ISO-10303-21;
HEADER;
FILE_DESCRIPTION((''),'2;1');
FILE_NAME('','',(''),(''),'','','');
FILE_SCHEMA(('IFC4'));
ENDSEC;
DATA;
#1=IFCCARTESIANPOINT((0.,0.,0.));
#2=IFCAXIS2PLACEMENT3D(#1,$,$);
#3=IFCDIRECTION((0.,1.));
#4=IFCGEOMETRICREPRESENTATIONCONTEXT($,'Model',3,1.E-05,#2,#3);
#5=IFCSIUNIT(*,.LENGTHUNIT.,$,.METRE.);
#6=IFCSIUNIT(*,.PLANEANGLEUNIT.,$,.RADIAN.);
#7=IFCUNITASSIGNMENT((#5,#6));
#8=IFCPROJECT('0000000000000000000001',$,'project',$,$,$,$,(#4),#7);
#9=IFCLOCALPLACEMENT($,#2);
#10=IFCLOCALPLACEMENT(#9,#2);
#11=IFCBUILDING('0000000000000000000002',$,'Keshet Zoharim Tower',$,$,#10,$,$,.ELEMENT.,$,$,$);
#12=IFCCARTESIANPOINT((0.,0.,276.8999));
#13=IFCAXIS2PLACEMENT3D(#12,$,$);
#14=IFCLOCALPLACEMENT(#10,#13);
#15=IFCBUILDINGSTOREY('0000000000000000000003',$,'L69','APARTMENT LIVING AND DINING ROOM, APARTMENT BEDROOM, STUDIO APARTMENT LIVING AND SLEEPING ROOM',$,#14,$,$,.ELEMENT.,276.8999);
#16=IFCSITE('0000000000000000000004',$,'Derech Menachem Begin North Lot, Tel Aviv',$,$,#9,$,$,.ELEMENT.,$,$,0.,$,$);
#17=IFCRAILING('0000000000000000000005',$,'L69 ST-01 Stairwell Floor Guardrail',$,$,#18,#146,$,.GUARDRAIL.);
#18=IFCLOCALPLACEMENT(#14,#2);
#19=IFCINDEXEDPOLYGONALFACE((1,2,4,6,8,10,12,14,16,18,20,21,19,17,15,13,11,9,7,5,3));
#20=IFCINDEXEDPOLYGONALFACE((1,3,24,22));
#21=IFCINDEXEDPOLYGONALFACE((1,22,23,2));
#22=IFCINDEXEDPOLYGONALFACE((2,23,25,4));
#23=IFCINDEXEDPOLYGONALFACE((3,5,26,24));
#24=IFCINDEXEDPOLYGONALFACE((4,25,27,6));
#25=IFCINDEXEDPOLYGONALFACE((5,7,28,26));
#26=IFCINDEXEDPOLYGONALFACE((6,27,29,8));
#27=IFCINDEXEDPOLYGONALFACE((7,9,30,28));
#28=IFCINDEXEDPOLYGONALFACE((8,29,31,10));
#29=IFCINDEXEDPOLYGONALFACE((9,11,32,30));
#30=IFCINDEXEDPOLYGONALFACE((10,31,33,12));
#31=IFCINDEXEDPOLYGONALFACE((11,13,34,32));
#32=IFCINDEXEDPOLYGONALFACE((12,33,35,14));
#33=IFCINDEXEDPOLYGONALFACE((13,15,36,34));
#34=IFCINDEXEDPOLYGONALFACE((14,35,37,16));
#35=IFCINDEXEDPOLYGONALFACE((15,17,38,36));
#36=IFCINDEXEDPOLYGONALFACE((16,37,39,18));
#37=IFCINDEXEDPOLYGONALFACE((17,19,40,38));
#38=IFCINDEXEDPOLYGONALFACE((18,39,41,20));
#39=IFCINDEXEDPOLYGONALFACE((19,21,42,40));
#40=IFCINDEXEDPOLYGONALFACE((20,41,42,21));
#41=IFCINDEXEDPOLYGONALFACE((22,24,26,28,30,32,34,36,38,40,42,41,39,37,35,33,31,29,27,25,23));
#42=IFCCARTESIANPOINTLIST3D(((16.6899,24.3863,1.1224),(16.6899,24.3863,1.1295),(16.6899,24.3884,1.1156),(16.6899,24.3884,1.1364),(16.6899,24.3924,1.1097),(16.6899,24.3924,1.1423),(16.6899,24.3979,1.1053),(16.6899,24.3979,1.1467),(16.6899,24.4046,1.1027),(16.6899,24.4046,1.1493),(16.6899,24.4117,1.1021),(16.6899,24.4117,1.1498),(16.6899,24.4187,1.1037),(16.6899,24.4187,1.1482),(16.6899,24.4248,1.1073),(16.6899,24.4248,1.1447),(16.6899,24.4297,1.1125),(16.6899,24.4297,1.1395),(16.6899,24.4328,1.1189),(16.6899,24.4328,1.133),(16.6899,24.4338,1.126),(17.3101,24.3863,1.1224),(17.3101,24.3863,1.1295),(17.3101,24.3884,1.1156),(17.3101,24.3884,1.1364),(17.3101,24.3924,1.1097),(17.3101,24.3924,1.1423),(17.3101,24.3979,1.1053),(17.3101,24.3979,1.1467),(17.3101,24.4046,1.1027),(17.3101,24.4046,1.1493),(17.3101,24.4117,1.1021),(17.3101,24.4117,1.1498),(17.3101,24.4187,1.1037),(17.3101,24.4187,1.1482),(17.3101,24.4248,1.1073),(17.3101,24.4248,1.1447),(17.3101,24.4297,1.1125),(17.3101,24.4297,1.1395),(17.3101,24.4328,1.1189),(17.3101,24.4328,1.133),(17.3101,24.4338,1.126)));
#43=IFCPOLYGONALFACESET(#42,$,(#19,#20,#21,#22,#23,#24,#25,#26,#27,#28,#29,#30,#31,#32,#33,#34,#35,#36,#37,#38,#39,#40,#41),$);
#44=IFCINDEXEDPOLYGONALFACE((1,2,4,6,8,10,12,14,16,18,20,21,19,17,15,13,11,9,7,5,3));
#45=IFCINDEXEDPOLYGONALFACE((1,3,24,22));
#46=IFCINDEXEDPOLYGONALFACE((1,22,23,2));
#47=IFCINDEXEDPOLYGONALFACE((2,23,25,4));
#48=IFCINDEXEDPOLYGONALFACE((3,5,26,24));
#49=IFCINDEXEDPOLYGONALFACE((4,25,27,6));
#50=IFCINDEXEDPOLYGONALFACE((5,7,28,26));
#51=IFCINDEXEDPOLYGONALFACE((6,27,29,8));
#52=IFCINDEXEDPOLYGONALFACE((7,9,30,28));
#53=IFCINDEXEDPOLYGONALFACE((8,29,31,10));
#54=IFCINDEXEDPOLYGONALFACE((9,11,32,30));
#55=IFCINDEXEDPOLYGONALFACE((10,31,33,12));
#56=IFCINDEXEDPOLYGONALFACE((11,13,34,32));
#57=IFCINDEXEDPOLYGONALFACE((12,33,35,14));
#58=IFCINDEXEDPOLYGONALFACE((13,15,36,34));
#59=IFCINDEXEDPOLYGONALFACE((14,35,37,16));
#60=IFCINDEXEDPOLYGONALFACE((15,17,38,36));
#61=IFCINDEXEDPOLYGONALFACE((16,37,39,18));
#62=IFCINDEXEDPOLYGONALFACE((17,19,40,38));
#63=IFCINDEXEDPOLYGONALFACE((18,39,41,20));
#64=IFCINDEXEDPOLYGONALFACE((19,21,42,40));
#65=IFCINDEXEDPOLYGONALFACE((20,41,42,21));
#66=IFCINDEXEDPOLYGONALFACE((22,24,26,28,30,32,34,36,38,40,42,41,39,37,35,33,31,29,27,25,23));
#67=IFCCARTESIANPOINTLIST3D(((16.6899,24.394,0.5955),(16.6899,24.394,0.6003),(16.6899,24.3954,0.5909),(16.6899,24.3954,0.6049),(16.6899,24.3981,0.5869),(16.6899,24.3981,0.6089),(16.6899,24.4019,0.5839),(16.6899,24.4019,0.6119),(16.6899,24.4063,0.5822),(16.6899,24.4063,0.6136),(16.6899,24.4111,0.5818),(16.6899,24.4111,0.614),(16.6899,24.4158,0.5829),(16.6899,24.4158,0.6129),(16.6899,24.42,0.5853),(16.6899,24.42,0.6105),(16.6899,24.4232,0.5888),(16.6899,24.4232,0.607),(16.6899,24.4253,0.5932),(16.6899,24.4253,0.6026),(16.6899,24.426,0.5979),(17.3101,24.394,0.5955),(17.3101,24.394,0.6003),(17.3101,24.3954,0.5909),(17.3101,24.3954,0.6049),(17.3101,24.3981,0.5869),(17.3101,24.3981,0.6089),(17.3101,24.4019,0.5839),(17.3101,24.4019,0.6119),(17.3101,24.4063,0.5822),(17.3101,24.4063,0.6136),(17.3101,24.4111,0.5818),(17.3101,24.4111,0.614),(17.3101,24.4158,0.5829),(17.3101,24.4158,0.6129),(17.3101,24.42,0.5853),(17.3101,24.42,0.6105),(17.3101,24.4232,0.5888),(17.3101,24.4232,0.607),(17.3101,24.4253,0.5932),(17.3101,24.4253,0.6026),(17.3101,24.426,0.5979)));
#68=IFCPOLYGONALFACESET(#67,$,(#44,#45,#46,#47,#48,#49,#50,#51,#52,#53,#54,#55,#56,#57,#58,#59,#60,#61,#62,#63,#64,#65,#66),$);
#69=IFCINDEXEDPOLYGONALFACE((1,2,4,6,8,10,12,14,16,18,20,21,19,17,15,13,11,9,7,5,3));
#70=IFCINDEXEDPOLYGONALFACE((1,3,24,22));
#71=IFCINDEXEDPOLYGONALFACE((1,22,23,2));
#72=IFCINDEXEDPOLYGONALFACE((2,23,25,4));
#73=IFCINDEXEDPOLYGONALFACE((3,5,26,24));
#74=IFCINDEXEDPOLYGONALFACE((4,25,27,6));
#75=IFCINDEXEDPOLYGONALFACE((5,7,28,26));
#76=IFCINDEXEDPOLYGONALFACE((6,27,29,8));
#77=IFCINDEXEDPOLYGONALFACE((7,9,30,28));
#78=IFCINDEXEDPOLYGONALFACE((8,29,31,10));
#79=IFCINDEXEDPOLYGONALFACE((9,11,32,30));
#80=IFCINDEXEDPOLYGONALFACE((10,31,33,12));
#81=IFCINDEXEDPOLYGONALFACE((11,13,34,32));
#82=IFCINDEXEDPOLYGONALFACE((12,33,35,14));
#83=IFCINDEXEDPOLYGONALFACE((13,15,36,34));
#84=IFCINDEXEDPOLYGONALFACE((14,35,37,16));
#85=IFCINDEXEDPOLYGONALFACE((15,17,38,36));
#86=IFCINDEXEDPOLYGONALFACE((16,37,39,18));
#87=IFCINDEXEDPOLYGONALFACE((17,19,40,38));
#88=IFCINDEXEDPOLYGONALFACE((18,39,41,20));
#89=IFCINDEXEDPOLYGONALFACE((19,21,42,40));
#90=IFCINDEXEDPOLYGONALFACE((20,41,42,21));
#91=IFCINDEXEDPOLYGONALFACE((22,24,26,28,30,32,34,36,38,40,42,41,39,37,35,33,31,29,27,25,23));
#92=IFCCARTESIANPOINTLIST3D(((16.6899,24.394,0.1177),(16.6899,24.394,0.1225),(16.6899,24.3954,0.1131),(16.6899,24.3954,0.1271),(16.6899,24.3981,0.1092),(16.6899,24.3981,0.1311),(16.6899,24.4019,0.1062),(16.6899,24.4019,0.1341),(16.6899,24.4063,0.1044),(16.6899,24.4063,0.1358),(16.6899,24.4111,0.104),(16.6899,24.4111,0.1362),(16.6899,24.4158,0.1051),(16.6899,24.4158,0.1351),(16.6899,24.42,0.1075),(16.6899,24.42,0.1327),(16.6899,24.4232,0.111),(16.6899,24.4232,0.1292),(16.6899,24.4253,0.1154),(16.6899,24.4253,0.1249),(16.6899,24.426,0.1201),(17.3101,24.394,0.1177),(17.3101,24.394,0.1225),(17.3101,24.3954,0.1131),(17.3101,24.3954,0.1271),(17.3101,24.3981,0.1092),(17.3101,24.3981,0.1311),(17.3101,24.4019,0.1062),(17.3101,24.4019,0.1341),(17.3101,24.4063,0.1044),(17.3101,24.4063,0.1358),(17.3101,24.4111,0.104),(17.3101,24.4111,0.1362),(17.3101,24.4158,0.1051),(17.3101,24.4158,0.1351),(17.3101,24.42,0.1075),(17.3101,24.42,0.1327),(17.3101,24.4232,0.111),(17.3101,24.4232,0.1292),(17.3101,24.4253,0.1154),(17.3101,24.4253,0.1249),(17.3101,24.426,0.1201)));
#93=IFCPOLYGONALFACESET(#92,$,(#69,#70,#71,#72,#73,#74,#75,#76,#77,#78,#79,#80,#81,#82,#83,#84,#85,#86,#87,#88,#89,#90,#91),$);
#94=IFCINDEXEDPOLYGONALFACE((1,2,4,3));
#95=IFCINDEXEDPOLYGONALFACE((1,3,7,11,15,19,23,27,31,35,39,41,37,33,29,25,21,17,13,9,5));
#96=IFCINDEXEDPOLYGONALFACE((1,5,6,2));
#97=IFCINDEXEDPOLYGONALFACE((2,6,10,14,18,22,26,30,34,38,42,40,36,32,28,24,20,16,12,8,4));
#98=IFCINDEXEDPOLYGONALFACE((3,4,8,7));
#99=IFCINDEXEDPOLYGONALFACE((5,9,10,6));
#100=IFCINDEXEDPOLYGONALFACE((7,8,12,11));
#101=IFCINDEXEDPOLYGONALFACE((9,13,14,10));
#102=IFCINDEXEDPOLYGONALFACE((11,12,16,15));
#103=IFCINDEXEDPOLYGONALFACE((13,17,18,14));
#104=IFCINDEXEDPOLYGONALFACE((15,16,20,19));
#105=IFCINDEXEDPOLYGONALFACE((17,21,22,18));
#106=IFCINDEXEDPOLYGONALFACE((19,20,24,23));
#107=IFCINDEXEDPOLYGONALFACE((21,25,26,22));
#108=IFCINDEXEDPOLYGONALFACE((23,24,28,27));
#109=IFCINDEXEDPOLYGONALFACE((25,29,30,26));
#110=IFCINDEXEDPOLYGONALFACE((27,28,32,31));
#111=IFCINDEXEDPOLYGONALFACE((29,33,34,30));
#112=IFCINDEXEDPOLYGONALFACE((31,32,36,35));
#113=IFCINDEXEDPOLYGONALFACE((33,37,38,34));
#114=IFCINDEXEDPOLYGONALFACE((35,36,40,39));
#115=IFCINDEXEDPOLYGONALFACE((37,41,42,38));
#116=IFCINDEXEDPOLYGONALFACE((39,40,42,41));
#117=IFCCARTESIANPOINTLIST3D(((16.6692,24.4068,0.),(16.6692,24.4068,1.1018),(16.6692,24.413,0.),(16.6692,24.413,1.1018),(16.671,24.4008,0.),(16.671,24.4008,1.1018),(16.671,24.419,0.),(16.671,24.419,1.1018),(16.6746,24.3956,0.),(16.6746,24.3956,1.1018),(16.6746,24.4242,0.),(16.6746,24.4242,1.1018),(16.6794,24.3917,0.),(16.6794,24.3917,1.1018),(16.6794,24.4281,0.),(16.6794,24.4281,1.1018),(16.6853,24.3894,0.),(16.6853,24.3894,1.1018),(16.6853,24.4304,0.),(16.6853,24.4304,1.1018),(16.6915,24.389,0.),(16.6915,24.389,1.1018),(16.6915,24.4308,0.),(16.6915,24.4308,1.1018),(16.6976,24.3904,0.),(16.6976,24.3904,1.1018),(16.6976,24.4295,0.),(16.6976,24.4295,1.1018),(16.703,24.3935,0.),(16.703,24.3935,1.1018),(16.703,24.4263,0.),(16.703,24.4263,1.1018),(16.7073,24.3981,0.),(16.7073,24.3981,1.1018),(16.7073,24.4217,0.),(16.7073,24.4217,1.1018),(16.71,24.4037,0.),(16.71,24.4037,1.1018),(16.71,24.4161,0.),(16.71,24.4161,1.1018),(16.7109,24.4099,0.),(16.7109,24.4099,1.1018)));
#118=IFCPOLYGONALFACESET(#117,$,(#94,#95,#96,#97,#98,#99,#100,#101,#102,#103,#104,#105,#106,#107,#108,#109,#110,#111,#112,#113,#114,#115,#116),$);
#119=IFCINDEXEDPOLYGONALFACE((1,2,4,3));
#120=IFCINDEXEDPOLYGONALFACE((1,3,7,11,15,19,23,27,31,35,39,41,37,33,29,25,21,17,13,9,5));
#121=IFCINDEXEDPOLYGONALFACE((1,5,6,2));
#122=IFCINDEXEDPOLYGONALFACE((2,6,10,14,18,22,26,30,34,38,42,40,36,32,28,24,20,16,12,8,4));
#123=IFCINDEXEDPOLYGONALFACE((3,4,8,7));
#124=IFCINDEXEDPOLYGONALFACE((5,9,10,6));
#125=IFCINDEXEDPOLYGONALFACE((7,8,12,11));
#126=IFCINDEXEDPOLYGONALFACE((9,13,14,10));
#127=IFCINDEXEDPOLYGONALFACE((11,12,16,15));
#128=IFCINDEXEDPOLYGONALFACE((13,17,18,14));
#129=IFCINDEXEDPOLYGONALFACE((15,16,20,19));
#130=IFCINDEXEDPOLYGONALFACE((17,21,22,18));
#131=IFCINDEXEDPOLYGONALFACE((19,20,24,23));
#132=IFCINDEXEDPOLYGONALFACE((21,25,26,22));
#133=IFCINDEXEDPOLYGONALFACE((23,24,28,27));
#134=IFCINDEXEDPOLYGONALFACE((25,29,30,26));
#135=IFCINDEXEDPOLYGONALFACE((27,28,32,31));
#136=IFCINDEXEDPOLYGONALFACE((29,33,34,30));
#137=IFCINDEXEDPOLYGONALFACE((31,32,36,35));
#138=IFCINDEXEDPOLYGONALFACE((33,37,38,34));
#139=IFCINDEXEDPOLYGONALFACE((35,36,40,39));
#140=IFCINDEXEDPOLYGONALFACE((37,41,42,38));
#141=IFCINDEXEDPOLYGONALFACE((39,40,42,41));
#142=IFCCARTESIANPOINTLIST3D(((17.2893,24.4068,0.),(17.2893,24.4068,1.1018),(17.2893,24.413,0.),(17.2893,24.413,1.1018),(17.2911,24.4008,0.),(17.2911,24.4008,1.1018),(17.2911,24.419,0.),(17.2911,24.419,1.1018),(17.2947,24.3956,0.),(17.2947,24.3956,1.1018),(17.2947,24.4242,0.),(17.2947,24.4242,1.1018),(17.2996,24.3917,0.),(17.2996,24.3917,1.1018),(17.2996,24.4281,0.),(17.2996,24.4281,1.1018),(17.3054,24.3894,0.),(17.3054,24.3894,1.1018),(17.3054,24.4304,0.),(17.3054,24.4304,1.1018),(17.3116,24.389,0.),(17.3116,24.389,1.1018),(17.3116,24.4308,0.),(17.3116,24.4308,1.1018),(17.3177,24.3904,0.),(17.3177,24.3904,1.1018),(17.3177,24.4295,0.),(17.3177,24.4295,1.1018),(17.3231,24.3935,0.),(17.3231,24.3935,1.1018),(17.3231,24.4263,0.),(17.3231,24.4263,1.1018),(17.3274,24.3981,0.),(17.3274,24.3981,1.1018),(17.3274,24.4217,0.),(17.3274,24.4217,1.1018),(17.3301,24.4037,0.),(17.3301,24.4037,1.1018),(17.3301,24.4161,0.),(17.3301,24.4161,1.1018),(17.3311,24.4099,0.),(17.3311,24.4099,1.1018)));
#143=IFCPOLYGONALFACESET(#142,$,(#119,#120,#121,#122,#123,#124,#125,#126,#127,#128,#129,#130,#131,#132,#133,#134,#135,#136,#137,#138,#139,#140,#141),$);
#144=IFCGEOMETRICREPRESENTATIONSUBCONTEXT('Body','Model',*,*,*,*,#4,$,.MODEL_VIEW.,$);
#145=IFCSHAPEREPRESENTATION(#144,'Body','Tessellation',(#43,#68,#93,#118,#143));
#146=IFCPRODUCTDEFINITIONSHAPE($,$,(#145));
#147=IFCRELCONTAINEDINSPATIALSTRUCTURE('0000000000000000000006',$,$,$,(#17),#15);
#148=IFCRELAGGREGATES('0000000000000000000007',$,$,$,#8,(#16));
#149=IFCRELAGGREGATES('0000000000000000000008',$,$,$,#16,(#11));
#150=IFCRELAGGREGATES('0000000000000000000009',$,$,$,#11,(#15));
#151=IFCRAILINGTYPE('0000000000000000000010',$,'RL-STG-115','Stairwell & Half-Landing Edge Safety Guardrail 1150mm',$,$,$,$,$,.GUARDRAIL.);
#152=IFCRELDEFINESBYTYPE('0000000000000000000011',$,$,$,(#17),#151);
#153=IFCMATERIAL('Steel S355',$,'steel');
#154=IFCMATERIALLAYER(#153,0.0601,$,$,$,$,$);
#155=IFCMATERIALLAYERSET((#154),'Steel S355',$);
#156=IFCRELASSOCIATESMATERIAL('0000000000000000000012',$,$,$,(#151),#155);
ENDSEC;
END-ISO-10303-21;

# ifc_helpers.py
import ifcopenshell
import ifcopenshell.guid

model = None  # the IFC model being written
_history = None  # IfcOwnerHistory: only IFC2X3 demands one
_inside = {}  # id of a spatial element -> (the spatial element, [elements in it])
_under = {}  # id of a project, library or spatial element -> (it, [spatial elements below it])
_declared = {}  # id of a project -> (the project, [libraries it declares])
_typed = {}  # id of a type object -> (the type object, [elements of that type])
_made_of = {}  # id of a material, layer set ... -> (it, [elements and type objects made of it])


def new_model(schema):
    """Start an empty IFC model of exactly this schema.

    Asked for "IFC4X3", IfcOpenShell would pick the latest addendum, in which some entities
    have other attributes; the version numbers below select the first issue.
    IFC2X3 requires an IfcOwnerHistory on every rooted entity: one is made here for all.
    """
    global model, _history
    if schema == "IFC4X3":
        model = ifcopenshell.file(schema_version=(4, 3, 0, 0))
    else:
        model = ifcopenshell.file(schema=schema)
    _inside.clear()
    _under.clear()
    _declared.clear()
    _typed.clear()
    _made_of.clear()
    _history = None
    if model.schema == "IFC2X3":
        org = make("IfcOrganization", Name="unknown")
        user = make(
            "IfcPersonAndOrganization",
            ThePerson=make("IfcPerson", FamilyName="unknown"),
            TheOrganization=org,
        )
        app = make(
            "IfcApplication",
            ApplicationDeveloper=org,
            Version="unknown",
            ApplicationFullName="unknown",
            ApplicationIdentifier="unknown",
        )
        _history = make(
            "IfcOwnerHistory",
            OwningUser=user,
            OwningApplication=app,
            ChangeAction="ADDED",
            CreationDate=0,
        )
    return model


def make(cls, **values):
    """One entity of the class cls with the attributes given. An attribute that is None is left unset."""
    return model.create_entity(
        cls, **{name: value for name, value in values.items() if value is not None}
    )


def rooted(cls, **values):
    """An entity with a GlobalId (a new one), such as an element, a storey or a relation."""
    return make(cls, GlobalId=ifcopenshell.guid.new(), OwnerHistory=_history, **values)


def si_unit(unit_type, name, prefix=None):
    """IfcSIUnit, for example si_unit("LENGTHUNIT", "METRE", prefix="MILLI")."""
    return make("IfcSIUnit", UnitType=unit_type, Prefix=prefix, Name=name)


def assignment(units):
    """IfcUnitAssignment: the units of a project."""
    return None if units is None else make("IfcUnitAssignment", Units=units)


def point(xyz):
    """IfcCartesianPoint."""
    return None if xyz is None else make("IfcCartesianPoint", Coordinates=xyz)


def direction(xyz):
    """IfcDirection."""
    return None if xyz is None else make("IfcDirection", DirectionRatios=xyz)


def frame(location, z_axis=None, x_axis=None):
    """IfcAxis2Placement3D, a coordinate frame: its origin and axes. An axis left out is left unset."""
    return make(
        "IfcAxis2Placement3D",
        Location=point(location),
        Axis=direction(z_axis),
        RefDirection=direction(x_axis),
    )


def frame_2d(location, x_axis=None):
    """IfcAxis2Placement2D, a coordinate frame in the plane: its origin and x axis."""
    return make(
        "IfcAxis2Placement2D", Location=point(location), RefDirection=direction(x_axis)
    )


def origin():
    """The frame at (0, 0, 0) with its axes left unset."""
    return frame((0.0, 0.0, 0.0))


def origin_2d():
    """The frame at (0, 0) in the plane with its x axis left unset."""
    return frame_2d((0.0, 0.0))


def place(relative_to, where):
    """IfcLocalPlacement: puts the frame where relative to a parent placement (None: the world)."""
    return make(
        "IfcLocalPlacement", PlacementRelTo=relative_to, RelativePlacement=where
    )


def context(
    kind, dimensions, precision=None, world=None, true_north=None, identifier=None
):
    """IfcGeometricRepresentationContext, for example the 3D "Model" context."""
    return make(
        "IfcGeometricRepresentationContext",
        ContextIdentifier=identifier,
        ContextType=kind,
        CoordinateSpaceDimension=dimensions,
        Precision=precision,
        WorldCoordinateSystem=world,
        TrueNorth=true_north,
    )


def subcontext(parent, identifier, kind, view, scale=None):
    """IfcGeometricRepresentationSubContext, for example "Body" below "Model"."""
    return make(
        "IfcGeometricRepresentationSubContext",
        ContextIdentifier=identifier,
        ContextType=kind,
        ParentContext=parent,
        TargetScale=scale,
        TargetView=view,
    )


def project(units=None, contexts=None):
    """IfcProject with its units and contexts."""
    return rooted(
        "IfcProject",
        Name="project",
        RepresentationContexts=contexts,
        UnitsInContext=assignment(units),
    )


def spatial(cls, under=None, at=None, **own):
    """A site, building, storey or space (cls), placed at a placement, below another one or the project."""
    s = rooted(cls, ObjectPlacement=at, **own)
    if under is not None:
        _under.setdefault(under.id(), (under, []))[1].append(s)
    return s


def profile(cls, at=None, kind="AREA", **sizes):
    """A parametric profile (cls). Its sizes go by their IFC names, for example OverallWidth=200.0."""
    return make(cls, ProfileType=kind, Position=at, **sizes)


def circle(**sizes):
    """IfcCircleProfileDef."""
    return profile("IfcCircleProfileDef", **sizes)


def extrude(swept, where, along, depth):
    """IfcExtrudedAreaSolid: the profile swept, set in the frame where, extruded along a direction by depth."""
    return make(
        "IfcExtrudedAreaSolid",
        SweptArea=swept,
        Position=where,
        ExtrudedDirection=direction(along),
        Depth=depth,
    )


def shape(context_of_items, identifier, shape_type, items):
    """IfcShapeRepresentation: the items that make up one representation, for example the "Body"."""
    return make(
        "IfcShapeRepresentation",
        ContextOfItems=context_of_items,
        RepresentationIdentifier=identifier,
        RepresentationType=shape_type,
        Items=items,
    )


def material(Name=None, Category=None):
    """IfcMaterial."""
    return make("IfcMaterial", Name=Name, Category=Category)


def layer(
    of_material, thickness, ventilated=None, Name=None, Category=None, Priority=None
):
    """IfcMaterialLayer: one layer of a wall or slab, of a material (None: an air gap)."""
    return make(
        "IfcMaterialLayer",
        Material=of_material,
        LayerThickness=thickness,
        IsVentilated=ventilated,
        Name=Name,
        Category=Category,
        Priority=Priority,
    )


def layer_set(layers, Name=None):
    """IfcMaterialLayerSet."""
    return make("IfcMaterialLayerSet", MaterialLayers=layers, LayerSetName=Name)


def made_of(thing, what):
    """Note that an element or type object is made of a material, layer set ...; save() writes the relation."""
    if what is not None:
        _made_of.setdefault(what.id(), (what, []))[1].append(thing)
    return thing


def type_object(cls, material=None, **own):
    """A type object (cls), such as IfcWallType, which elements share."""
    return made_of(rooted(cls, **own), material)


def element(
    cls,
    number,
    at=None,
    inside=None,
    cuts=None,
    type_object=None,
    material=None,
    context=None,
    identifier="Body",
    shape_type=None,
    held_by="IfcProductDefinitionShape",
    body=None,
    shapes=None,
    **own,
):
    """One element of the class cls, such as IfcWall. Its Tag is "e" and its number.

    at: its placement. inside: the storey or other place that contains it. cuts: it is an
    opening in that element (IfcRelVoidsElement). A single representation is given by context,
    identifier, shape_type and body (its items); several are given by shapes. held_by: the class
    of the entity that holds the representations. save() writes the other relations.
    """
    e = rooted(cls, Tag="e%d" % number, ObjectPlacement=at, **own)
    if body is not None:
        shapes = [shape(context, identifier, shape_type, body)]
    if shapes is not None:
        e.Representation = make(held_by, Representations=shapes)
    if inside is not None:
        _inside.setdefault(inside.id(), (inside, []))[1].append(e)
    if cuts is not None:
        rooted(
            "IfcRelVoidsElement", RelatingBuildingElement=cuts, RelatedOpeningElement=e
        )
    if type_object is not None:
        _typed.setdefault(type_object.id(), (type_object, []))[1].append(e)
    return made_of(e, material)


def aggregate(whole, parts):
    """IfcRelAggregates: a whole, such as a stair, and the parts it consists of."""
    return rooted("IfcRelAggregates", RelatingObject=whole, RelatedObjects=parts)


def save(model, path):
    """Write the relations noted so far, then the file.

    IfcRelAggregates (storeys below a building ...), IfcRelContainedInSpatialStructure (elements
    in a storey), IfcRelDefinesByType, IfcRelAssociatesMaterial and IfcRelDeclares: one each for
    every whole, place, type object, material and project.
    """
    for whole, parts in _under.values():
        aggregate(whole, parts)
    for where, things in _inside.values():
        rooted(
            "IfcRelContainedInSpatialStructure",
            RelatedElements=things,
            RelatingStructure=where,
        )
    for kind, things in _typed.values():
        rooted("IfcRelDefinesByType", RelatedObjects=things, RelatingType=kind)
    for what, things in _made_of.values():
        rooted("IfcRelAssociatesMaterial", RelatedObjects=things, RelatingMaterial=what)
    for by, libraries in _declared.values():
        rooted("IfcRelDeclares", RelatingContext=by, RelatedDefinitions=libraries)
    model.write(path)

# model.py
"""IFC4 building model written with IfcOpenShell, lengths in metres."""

from ifc_helpers import new_model, si_unit, direction, frame, origin, origin_2d, place, context, subcontext, project, spatial, circle, extrude, material, layer, layer_set, type_object, element, save


model = new_model("IFC4")

# Units and contexts
model_context = context("Model", 3, precision=1e-05, world=origin(), true_north=direction((0.0, 1.0)))
body_context = subcontext(model_context, "Body", "Model", "MODEL_VIEW")
ifc_project = project(units=[si_unit("LENGTHUNIT", "METRE"), si_unit("PLANEANGLEUNIT", "RADIAN")], contexts=[model_context])

# Site, building, storey
site_placement = place(None, origin())
site = spatial("IfcSite", under=ifc_project, at=site_placement, Name="Derech Menachem Begin North Lot, Tel Aviv", CompositionType="ELEMENT", RefElevation=0.0)
building_placement = place(site_placement, origin())
building = spatial("IfcBuilding", under=site, at=building_placement, Name="Keshet Zoharim Tower", CompositionType="ELEMENT")
storey_placement = place(building_placement, frame((0.0, 0.0, 276.8999)))
storey = spatial("IfcBuildingStorey", under=building, at=storey_placement, Name="L69", Description="APARTMENT LIVING AND DINING ROOM, APARTMENT BEDROOM, STUDIO APARTMENT LIVING AND SLEEPING ROOM", CompositionType="ELEMENT", Elevation=276.8999)

# Shared definitions
ifc_material_1 = material(Name="Steel S355", Category="steel")

# Railing
ifc_layer_1 = layer(ifc_material_1, 0.0601)
ifc_layer_set_1 = layer_set([ifc_layer_1], Name="Steel S355")
railing_type_1 = type_object("IfcRailingType", Name="RL-STG-115", Description="Stairwell & Half-Landing Edge Safety Guardrail 1150mm", PredefinedType="GUARDRAIL", material=ifc_layer_set_1)
railing_1_placement = place(storey_placement, frame((16.6899, 24.4099, 0.0)))
element("IfcRailing", 1, at=railing_1_placement, inside=storey, type_object=railing_type_1, Name="L69 ST-01 Stairwell Floor Guardrail", PredefinedType="GUARDRAIL", context=body_context, shape_type="SweptSolid", body=[
    extrude(circle(Radius=0.0239, at=origin_2d()), frame((0.0, 0.0, 1.126), z_axis=(1.0, 0.0, 0.0), x_axis=(0.0, 1.0, 0.0)), (0.0, 0.0, 1.0), 0.6201),
    extrude(circle(Radius=0.0161, at=origin_2d()), frame((0.0, 0.0, 0.5979), z_axis=(1.0, 0.0, 0.0), x_axis=(0.0, 1.0, 0.0)), (0.0, 0.0, 1.0), 0.6201),
    extrude(circle(Radius=0.0161, at=origin_2d()), frame((0.0, 0.0, 0.1201), z_axis=(1.0, 0.0, 0.0), x_axis=(0.0, 1.0, 0.0)), (0.0, 0.0, 1.0), 0.6201),
    extrude(circle(Radius=0.021, at=origin_2d()), origin(), (0.0, 0.0, 1.0), 1.1018),
    extrude(circle(Radius=0.021, at=origin_2d()), frame((0.6201, 0.0, 0.0)), (0.0, 0.0, 1.0), 1.1018),
])

save(model, "model.ifc")
